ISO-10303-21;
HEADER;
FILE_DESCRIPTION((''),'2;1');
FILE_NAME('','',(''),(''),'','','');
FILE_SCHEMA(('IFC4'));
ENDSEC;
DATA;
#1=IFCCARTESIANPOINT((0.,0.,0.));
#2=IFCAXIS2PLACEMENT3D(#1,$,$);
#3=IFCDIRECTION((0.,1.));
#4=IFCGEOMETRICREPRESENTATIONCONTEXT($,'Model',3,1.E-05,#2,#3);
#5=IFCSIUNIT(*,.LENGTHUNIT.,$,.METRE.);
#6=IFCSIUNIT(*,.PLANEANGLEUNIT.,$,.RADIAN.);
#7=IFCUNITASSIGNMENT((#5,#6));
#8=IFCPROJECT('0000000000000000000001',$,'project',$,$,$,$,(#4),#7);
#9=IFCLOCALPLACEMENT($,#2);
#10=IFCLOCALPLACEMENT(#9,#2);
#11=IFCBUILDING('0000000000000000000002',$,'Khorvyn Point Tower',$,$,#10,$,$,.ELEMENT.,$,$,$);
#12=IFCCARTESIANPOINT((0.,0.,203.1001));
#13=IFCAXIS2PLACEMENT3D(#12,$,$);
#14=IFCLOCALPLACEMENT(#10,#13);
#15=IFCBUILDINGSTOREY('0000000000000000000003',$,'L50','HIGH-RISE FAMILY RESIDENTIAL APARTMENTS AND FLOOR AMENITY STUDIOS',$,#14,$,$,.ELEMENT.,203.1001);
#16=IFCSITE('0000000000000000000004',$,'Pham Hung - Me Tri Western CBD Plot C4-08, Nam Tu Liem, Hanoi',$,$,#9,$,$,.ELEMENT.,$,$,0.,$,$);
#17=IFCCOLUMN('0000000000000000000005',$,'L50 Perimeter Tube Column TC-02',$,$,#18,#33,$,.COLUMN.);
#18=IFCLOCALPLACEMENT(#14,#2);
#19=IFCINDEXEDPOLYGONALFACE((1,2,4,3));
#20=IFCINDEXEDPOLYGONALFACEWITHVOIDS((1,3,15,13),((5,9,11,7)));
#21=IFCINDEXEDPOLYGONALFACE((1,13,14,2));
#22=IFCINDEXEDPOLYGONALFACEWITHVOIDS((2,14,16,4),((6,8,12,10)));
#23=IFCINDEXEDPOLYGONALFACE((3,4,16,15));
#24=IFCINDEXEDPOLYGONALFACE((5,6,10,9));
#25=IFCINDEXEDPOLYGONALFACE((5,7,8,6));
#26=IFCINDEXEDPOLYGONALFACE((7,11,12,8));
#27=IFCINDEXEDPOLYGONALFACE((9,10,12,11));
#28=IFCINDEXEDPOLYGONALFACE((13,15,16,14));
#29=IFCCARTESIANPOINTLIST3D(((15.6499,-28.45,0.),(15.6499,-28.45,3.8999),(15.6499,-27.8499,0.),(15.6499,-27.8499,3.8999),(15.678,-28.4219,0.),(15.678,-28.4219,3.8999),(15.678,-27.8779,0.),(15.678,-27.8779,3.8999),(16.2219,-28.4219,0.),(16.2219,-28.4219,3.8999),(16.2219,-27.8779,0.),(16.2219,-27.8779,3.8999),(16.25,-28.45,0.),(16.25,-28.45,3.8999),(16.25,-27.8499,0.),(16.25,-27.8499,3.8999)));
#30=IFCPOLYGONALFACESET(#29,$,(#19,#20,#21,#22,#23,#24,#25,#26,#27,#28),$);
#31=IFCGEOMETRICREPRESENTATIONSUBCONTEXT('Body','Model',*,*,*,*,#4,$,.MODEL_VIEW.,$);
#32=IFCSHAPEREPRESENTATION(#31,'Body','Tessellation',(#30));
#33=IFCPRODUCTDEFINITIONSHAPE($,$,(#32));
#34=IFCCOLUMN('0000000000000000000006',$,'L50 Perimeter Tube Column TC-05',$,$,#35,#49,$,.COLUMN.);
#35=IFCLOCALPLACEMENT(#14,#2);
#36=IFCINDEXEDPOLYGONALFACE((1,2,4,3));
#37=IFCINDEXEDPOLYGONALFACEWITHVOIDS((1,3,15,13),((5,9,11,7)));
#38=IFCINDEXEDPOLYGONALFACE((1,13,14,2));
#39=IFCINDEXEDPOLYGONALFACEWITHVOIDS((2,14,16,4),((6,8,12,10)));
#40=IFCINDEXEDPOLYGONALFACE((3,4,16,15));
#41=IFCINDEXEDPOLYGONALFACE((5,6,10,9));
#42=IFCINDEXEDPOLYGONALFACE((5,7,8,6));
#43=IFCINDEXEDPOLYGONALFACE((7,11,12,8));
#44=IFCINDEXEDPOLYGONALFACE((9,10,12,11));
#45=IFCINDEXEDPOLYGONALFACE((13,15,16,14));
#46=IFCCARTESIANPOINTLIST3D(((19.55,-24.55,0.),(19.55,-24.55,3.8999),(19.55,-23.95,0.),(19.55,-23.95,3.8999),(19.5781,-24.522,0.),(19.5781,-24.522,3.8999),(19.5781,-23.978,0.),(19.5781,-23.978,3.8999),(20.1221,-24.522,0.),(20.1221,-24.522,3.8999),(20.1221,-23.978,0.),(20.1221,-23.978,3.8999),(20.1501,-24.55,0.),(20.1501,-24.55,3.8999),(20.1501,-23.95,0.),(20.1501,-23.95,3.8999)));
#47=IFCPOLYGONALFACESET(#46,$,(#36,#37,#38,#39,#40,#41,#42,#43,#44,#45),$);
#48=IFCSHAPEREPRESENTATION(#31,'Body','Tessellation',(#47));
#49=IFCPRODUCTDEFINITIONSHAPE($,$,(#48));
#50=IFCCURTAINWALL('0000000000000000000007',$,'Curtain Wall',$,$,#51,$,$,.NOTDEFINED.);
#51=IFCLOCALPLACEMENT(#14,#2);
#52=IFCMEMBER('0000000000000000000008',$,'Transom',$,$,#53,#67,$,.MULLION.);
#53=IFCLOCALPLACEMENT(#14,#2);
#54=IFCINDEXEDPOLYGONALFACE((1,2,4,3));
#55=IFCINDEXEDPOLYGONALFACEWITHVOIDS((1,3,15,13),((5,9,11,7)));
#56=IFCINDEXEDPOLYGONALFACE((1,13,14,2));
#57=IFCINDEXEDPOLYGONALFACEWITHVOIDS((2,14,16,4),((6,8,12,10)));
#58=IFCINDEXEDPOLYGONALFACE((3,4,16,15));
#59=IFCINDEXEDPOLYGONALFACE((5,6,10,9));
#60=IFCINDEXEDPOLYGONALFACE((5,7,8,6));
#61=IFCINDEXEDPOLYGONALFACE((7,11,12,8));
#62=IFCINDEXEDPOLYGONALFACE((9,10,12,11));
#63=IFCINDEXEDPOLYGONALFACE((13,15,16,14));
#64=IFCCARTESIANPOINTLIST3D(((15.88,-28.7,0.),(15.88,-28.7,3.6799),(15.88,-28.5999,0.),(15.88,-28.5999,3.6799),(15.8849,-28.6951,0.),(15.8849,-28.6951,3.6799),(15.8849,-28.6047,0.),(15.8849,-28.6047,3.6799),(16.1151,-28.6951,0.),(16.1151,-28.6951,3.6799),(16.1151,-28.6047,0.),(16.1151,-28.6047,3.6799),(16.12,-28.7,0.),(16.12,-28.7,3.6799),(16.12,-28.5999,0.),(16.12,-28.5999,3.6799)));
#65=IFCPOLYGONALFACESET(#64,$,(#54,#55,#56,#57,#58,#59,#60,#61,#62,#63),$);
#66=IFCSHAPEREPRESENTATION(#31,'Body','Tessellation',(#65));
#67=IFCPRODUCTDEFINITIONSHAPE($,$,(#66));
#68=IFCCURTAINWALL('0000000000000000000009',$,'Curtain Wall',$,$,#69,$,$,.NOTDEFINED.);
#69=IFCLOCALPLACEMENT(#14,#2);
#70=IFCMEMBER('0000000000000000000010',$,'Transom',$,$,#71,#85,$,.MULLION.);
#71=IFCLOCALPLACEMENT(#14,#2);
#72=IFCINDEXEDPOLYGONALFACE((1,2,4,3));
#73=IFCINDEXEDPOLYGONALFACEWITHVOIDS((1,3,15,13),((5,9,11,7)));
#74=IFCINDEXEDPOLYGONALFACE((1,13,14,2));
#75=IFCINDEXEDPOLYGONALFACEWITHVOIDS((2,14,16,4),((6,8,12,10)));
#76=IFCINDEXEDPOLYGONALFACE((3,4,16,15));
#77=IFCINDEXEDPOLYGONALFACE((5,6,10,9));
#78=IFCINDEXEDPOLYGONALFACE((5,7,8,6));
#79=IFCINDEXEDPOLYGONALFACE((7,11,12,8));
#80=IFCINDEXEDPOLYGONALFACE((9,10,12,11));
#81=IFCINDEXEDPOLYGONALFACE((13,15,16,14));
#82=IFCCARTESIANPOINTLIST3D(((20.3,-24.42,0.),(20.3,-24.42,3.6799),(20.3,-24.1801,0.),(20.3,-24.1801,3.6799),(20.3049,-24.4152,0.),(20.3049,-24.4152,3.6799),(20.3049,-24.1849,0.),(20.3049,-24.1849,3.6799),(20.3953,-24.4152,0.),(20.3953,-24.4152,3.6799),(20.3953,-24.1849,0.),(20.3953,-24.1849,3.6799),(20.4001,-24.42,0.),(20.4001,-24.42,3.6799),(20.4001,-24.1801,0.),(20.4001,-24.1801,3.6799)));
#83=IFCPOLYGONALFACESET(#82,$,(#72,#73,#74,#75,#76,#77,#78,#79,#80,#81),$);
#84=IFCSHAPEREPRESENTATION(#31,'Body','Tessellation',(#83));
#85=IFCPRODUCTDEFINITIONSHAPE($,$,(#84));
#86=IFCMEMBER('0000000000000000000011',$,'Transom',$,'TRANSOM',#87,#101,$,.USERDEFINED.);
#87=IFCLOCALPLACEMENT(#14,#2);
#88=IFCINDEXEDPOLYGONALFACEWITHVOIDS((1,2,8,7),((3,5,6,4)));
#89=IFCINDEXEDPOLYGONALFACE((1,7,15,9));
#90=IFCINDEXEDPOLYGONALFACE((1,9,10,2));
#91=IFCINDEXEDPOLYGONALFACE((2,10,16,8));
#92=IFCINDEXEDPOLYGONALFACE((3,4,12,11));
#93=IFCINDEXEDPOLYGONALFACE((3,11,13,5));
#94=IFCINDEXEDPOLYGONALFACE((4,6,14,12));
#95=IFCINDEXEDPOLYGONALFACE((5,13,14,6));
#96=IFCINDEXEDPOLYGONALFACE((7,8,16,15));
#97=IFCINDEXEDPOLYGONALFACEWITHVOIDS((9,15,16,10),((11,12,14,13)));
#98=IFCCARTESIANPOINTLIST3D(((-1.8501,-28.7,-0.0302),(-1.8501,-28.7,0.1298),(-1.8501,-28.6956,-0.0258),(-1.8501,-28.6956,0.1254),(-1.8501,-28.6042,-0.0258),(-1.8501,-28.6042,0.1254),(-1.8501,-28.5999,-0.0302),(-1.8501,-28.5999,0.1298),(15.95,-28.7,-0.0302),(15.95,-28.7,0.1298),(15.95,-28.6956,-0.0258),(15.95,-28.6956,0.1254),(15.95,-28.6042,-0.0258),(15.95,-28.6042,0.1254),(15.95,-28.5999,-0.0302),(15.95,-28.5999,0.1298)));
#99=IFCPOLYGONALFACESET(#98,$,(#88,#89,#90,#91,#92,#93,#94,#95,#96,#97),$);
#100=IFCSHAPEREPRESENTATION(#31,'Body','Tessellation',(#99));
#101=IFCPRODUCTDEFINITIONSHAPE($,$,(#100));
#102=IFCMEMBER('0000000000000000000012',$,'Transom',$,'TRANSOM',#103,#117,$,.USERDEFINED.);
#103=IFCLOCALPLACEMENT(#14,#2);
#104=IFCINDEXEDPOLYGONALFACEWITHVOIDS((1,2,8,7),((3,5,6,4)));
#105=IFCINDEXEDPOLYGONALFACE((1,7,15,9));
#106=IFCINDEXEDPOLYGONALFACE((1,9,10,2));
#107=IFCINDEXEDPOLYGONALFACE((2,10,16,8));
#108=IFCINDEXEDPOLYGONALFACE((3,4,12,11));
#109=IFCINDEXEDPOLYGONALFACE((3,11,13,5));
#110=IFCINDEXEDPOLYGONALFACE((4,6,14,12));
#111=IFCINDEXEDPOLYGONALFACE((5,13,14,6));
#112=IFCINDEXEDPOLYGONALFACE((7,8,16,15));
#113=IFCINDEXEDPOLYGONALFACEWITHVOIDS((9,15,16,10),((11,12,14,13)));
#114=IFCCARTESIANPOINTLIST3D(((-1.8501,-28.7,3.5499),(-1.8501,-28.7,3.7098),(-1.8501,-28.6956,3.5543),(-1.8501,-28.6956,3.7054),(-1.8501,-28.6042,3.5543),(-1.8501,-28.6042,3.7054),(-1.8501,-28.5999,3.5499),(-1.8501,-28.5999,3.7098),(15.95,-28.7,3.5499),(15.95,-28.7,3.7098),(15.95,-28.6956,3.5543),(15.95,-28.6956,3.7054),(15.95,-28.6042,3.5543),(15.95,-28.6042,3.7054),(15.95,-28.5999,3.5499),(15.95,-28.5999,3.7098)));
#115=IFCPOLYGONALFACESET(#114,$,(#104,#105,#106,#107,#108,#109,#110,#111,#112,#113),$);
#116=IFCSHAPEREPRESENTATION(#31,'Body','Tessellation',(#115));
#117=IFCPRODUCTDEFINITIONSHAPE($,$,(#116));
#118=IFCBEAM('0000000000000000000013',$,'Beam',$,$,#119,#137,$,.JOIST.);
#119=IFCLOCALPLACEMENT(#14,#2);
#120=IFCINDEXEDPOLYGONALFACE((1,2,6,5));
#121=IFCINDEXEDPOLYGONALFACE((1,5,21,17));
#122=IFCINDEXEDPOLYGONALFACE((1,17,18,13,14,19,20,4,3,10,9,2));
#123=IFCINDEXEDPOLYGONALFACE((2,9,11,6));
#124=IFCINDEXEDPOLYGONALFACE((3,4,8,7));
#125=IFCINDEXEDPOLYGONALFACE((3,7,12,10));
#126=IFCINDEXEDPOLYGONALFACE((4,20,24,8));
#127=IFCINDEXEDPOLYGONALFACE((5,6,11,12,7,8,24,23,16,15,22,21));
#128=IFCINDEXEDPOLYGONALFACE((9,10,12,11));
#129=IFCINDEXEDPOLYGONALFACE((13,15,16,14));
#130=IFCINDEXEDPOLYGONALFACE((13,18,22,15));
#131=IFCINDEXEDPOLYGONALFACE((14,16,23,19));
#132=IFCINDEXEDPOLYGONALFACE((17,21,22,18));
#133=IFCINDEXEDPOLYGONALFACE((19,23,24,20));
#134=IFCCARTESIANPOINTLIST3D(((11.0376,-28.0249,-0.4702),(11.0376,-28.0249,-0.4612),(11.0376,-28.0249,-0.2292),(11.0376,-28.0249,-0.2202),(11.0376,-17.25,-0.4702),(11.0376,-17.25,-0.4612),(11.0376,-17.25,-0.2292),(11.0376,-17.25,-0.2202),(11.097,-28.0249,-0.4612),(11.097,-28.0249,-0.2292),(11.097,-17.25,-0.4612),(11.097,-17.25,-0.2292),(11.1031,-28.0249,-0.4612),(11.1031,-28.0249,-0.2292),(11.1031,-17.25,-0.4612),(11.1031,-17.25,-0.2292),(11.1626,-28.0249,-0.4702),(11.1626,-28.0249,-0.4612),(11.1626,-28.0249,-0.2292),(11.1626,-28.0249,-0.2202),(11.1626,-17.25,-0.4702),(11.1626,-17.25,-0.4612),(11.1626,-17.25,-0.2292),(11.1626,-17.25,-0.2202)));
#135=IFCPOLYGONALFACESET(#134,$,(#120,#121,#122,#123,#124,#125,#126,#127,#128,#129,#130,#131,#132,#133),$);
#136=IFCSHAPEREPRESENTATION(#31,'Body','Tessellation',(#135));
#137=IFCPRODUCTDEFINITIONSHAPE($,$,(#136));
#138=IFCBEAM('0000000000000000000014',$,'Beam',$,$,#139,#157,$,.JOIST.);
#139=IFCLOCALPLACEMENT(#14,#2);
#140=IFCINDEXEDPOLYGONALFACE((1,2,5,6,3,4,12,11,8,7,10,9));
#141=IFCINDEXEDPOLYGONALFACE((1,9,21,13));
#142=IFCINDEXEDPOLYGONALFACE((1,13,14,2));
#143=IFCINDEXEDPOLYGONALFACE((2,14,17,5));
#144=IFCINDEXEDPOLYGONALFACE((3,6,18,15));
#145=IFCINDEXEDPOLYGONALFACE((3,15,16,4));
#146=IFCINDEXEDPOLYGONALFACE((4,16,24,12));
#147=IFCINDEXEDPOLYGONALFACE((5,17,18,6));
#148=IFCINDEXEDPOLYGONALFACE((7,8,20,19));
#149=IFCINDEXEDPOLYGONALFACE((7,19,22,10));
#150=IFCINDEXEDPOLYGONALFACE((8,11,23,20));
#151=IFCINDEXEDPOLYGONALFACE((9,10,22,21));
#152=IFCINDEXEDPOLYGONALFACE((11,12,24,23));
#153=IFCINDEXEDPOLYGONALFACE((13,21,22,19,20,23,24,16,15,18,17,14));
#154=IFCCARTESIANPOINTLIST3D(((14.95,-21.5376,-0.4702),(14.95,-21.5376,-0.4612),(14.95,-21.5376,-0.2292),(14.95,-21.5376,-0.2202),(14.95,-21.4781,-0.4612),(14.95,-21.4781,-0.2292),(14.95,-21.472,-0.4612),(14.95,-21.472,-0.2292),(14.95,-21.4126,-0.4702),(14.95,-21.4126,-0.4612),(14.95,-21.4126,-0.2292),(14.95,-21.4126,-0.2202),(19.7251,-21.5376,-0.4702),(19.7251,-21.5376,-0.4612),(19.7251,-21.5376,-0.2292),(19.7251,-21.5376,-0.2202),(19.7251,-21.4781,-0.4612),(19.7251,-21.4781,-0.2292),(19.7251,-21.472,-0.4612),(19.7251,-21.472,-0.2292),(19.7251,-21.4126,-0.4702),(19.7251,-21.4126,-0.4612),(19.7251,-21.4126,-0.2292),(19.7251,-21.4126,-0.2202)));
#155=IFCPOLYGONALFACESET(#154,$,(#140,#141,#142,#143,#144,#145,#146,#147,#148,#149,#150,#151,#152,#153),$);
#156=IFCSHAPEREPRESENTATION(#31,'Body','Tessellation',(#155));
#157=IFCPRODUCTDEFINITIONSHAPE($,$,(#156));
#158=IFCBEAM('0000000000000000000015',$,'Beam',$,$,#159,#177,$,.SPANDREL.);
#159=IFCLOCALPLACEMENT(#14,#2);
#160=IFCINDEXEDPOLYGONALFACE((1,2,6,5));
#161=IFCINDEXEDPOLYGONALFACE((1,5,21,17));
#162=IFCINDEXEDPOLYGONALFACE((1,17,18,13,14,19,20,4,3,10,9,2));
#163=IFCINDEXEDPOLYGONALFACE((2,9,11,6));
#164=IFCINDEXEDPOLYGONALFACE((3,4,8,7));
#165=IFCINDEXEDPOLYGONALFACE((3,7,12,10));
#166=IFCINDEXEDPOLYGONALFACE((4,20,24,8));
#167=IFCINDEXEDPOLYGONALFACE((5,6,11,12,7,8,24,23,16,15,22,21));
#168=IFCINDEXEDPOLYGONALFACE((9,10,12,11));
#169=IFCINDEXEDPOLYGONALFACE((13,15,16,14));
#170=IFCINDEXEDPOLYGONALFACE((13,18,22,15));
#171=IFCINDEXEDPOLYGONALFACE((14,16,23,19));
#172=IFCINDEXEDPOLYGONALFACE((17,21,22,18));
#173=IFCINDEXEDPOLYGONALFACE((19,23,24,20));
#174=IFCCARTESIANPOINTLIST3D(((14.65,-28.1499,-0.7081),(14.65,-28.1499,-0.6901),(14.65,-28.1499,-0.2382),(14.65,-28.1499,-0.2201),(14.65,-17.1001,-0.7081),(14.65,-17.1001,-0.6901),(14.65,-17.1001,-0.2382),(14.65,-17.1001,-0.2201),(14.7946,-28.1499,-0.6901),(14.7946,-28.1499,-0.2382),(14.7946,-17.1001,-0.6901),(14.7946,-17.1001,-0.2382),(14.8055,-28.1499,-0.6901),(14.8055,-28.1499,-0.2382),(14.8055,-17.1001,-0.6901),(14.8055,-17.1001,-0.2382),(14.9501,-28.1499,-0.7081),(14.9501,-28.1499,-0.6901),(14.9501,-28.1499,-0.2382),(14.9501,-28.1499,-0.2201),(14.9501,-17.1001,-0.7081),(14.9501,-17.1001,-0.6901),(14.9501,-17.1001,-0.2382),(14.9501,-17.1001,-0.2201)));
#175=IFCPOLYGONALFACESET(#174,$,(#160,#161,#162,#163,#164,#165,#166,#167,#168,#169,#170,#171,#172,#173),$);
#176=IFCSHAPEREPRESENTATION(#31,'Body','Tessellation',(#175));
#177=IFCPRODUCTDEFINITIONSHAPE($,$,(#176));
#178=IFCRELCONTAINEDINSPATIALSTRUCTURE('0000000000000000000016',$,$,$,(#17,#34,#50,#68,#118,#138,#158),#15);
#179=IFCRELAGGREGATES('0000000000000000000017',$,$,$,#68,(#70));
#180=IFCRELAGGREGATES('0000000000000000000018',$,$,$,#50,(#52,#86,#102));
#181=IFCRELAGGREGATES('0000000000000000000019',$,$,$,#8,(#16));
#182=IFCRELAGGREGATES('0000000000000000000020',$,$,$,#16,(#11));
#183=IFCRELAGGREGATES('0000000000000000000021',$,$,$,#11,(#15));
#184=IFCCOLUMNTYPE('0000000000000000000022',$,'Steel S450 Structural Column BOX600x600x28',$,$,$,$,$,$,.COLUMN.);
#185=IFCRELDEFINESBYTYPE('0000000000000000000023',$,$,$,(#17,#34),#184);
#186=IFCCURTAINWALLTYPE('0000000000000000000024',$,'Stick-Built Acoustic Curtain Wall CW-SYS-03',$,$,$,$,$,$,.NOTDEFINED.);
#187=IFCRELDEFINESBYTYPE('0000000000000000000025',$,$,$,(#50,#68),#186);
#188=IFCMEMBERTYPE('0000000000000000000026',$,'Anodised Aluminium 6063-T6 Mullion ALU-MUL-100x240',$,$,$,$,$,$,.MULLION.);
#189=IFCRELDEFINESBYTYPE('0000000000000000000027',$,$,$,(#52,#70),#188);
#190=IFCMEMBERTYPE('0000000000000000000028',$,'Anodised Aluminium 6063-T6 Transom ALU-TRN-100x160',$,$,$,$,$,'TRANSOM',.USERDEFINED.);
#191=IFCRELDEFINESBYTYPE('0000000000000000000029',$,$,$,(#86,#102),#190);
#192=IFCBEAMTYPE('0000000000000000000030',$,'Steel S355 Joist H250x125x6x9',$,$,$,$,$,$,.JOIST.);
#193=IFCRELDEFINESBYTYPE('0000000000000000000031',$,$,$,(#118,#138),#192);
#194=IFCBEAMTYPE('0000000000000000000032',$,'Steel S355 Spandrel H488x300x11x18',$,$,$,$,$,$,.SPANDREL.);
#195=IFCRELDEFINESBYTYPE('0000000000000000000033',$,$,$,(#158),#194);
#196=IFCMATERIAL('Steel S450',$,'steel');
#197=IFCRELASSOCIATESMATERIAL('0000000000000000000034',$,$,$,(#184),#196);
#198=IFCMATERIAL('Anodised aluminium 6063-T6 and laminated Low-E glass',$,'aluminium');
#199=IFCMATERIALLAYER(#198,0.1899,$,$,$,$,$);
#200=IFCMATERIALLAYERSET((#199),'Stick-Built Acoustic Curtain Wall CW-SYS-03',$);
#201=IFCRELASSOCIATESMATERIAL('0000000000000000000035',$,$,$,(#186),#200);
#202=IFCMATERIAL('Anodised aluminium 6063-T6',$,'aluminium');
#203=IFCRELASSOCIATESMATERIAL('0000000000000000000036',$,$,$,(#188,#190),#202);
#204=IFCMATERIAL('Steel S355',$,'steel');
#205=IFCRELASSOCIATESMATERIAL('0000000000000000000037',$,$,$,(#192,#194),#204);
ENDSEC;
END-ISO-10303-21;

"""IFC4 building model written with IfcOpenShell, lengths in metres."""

from ifc_helpers import new_model, si_unit, direction, frame, origin, origin_2d, place, context, subcontext, project, spatial, hollow_rectangle, i_section, extrude, material, layer, layer_set, material_profile, profile_set, type_object, element, aggregate, save


model = new_model("IFC4")

# Units and contexts
model_context = context("Model", 3, precision=1e-05, world=origin(), true_north=direction((0.0, 1.0)))
body_context = subcontext(model_context, "Body", "Model", "MODEL_VIEW")
ifc_project = project(units=[si_unit("LENGTHUNIT", "METRE"), si_unit("PLANEANGLEUNIT", "RADIAN")], contexts=[model_context])

# Site, building, storey
site_placement = place(None, origin())
site = spatial("IfcSite", under=ifc_project, at=site_placement, Name="Pham Hung - Me Tri Western CBD Plot C4-08, Nam Tu Liem, Hanoi", CompositionType="ELEMENT", RefElevation=0.0)
building_placement = place(site_placement, origin())
building = spatial("IfcBuilding", under=site, at=building_placement, Name="Khorvyn Point Tower", CompositionType="ELEMENT")
storey_placement = place(building_placement, frame((0.0, 0.0, 203.1001)))
storey = spatial("IfcBuildingStorey", under=building, at=storey_placement, Name="L50", Description="HIGH-RISE FAMILY RESIDENTIAL APARTMENTS AND FLOOR AMENITY STUDIOS", CompositionType="ELEMENT", Elevation=203.1001)

# Columns
ifc_material_1 = material(Name="Steel S450", Category="steel")
ifc_material_profile_1 = material_profile(ifc_material_1, hollow_rectangle(XDim=0.6001, YDim=0.6001, WallThickness=0.0281, at=origin_2d()))
ifc_profile_set_1 = profile_set([ifc_material_profile_1], Name="Steel S450 BOX600x600x28")
column_type = type_object("IfcColumnType", Name="Steel S450 Structural Column BOX600x600x28", PredefinedType="COLUMN", material=ifc_profile_set_1)
for number, where, z_axis, x_axis, name in (
    (1, (15.95, -28.1499, 0.0), (0.0, 0.0, 1.0), (1.0, 0.0, 0.0), "L50 Perimeter Tube Column TC-02"),
    (2, (19.8501, -24.25, 0.0), (0.0, 0.0, 1.0), (1.0, 0.0, 0.0), "L50 Perimeter Tube Column TC-05"),
):
    element("IfcColumn", number, at=place(storey_placement, frame(where, z_axis=z_axis, x_axis=x_axis)), inside=storey, type_object=column_type, Name=name, PredefinedType="COLUMN", context=body_context, shape_type="SweptSolid", body=[
        extrude(hollow_rectangle(XDim=0.6001, YDim=0.6001, WallThickness=0.0281, at=origin_2d()), origin(), (0.0, 0.0, 1.0), 3.8999),
    ])

# Curtain walls, members
ifc_material_2 = material(Name="Anodised aluminium 6063-T6 and laminated Low-E glass", Category="aluminium")
ifc_layer_1 = layer(ifc_material_2, 0.1899)
ifc_layer_set_1 = layer_set([ifc_layer_1], Name="Stick-Built Acoustic Curtain Wall CW-SYS-03")
curtain_wall_type = type_object("IfcCurtainWallType", Name="Stick-Built Acoustic Curtain Wall CW-SYS-03", PredefinedType="NOTDEFINED", material=ifc_layer_set_1)
curtain_wall_1_placement = place(storey_placement, origin())
curtain_wall_1 = element("IfcCurtainWall", 3, at=curtain_wall_1_placement, inside=storey, type_object=curtain_wall_type, Name="Curtain Wall", PredefinedType="NOTDEFINED")
ifc_material_3 = material(Name="Anodised aluminium 6063-T6", Category="aluminium")
ifc_material_profile_2 = material_profile(ifc_material_3, hollow_rectangle(XDim=0.1001, YDim=0.24, WallThickness=0.0049, at=origin_2d()))
ifc_profile_set_2 = profile_set([ifc_material_profile_2], Name="Anodised aluminium 6063-T6 ALU-MUL-100x240")
member_type_1 = type_object("IfcMemberType", Name="Anodised Aluminium 6063-T6 Mullion ALU-MUL-100x240", PredefinedType="MULLION", material=ifc_profile_set_2)
member_1_placement = place(storey_placement, frame((16.0, -28.6499, 0.0), z_axis=(0.0, 0.0, 1.0), x_axis=(0.0, -1.0, 0.0)))
member_1 = element("IfcMember", 4, at=member_1_placement, type_object=member_type_1, Name="Transom", PredefinedType="MULLION", context=body_context, shape_type="SweptSolid", body=[
    extrude(hollow_rectangle(XDim=0.1001, YDim=0.24, WallThickness=0.0049, at=origin_2d()), origin(), (0.0, 0.0, 1.0), 3.6799),
])
curtain_wall_2_placement = place(storey_placement, origin())
curtain_wall_2 = element("IfcCurtainWall", 5, at=curtain_wall_2_placement, inside=storey, type_object=curtain_wall_type, Name="Curtain Wall", PredefinedType="NOTDEFINED")
member_2_placement = place(storey_placement, frame((20.3501, -24.3, 0.0), z_axis=(0.0, 0.0, 1.0), x_axis=(1.0, 0.0, 0.0)))
member_2 = element("IfcMember", 6, at=member_2_placement, type_object=member_type_1, Name="Transom", PredefinedType="MULLION", context=body_context, shape_type="SweptSolid", body=[
    extrude(hollow_rectangle(XDim=0.1001, YDim=0.24, WallThickness=0.0049, at=origin_2d()), origin(), (0.0, 0.0, 1.0), 3.6799),
])
aggregate(curtain_wall_2, [member_2])

# Members
ifc_material_profile_3 = material_profile(ifc_material_3, hollow_rectangle(XDim=0.1001, YDim=0.1599, WallThickness=0.0044, at=origin_2d()))
ifc_profile_set_3 = profile_set([ifc_material_profile_3], Name="Anodised aluminium 6063-T6 ALU-TRN-100x160")
member_type_2 = type_object("IfcMemberType", Name="Anodised Aluminium 6063-T6 Transom ALU-TRN-100x160", ElementType="TRANSOM", PredefinedType="USERDEFINED", material=ifc_profile_set_3)
member_3_placement = place(storey_placement, frame((15.95, -28.6499, 0.0498), z_axis=(-1.0, 0.0, 0.0), x_axis=(0.0, -1.0, 0.0)))
member_3 = element("IfcMember", 7, at=member_3_placement, type_object=member_type_2, Name="Transom", ObjectType="TRANSOM", PredefinedType="USERDEFINED", context=body_context, shape_type="SweptSolid", body=[
    extrude(hollow_rectangle(XDim=0.1001, YDim=0.1599, WallThickness=0.0044, at=origin_2d()), origin(), (0.0, 0.0, 1.0), 17.8),
])
member_4_placement = place(storey_placement, frame((15.95, -28.6499, 3.6299), z_axis=(-1.0, 0.0, 0.0), x_axis=(0.0, -1.0, 0.0)))
member_4 = element("IfcMember", 8, at=member_4_placement, type_object=member_type_2, Name="Transom", ObjectType="TRANSOM", PredefinedType="USERDEFINED", context=body_context, shape_type="SweptSolid", body=[
    extrude(hollow_rectangle(XDim=0.1001, YDim=0.1599, WallThickness=0.0044, at=origin_2d()), origin(), (0.0, 0.0, 1.0), 17.8),
])

# Beams
ifc_material_4 = material(Name="Steel S355", Category="steel")
ifc_material_profile_4 = material_profile(ifc_material_4, i_section(OverallWidth=0.125, OverallDepth=0.25, WebThickness=0.0061, FlangeThickness=0.009, at=origin_2d()))
ifc_profile_set_4 = profile_set([ifc_material_profile_4], Name="Steel S355 H250x125x6x9")
beam_type_1 = type_object("IfcBeamType", Name="Steel S355 Joist H250x125x6x9", PredefinedType="JOIST", material=ifc_profile_set_4)
beam_1_placement = place(storey_placement, frame((11.1001, -28.0249, -0.3452), z_axis=(0.0, 1.0, 0.0), x_axis=(-1.0, 0.0, 0.0)))
element("IfcBeam", 9, at=beam_1_placement, inside=storey, type_object=beam_type_1, Name="Beam", PredefinedType="JOIST", context=body_context, shape_type="SweptSolid", body=[
    extrude(i_section(OverallWidth=0.125, OverallDepth=0.25, WebThickness=0.0061, FlangeThickness=0.009, at=origin_2d()), origin(), (0.0, 0.0, 1.0), 10.7749),
])
beam_2_placement = place(storey_placement, frame((14.95, -21.4751, -0.3452), z_axis=(1.0, 0.0, 0.0), x_axis=(0.0, 1.0, 0.0)))
element("IfcBeam", 10, at=beam_2_placement, inside=storey, type_object=beam_type_1, Name="Beam", PredefinedType="JOIST", context=body_context, shape_type="SweptSolid", body=[
    extrude(i_section(OverallWidth=0.125, OverallDepth=0.25, WebThickness=0.0061, FlangeThickness=0.009, at=origin_2d()), origin(), (0.0, 0.0, 1.0), 4.7751),
])
ifc_material_profile_5 = material_profile(ifc_material_4, i_section(OverallWidth=0.3, OverallDepth=0.488, WebThickness=0.011, FlangeThickness=0.0181, at=origin_2d()))
ifc_profile_set_5 = profile_set([ifc_material_profile_5], Name="Steel S355 H488x300x11x18")
beam_type_2 = type_object("IfcBeamType", Name="Steel S355 Spandrel H488x300x11x18", PredefinedType="SPANDREL", material=ifc_profile_set_5)
beam_3_placement = place(storey_placement, frame((14.8, -28.1499, -0.4641), z_axis=(0.0, 1.0, 0.0), x_axis=(-1.0, 0.0, 0.0)))
element("IfcBeam", 11, at=beam_3_placement, inside=storey, type_object=beam_type_2, Name="Beam", PredefinedType="SPANDREL", context=body_context, shape_type="SweptSolid", body=[
    extrude(i_section(OverallWidth=0.3, OverallDepth=0.488, WebThickness=0.011, FlangeThickness=0.0181, at=origin_2d()), origin(), (0.0, 0.0, 1.0), 11.0498),
])

aggregate(curtain_wall_1, [member_1, member_3, member_4])

save(model, "model.ifc")
